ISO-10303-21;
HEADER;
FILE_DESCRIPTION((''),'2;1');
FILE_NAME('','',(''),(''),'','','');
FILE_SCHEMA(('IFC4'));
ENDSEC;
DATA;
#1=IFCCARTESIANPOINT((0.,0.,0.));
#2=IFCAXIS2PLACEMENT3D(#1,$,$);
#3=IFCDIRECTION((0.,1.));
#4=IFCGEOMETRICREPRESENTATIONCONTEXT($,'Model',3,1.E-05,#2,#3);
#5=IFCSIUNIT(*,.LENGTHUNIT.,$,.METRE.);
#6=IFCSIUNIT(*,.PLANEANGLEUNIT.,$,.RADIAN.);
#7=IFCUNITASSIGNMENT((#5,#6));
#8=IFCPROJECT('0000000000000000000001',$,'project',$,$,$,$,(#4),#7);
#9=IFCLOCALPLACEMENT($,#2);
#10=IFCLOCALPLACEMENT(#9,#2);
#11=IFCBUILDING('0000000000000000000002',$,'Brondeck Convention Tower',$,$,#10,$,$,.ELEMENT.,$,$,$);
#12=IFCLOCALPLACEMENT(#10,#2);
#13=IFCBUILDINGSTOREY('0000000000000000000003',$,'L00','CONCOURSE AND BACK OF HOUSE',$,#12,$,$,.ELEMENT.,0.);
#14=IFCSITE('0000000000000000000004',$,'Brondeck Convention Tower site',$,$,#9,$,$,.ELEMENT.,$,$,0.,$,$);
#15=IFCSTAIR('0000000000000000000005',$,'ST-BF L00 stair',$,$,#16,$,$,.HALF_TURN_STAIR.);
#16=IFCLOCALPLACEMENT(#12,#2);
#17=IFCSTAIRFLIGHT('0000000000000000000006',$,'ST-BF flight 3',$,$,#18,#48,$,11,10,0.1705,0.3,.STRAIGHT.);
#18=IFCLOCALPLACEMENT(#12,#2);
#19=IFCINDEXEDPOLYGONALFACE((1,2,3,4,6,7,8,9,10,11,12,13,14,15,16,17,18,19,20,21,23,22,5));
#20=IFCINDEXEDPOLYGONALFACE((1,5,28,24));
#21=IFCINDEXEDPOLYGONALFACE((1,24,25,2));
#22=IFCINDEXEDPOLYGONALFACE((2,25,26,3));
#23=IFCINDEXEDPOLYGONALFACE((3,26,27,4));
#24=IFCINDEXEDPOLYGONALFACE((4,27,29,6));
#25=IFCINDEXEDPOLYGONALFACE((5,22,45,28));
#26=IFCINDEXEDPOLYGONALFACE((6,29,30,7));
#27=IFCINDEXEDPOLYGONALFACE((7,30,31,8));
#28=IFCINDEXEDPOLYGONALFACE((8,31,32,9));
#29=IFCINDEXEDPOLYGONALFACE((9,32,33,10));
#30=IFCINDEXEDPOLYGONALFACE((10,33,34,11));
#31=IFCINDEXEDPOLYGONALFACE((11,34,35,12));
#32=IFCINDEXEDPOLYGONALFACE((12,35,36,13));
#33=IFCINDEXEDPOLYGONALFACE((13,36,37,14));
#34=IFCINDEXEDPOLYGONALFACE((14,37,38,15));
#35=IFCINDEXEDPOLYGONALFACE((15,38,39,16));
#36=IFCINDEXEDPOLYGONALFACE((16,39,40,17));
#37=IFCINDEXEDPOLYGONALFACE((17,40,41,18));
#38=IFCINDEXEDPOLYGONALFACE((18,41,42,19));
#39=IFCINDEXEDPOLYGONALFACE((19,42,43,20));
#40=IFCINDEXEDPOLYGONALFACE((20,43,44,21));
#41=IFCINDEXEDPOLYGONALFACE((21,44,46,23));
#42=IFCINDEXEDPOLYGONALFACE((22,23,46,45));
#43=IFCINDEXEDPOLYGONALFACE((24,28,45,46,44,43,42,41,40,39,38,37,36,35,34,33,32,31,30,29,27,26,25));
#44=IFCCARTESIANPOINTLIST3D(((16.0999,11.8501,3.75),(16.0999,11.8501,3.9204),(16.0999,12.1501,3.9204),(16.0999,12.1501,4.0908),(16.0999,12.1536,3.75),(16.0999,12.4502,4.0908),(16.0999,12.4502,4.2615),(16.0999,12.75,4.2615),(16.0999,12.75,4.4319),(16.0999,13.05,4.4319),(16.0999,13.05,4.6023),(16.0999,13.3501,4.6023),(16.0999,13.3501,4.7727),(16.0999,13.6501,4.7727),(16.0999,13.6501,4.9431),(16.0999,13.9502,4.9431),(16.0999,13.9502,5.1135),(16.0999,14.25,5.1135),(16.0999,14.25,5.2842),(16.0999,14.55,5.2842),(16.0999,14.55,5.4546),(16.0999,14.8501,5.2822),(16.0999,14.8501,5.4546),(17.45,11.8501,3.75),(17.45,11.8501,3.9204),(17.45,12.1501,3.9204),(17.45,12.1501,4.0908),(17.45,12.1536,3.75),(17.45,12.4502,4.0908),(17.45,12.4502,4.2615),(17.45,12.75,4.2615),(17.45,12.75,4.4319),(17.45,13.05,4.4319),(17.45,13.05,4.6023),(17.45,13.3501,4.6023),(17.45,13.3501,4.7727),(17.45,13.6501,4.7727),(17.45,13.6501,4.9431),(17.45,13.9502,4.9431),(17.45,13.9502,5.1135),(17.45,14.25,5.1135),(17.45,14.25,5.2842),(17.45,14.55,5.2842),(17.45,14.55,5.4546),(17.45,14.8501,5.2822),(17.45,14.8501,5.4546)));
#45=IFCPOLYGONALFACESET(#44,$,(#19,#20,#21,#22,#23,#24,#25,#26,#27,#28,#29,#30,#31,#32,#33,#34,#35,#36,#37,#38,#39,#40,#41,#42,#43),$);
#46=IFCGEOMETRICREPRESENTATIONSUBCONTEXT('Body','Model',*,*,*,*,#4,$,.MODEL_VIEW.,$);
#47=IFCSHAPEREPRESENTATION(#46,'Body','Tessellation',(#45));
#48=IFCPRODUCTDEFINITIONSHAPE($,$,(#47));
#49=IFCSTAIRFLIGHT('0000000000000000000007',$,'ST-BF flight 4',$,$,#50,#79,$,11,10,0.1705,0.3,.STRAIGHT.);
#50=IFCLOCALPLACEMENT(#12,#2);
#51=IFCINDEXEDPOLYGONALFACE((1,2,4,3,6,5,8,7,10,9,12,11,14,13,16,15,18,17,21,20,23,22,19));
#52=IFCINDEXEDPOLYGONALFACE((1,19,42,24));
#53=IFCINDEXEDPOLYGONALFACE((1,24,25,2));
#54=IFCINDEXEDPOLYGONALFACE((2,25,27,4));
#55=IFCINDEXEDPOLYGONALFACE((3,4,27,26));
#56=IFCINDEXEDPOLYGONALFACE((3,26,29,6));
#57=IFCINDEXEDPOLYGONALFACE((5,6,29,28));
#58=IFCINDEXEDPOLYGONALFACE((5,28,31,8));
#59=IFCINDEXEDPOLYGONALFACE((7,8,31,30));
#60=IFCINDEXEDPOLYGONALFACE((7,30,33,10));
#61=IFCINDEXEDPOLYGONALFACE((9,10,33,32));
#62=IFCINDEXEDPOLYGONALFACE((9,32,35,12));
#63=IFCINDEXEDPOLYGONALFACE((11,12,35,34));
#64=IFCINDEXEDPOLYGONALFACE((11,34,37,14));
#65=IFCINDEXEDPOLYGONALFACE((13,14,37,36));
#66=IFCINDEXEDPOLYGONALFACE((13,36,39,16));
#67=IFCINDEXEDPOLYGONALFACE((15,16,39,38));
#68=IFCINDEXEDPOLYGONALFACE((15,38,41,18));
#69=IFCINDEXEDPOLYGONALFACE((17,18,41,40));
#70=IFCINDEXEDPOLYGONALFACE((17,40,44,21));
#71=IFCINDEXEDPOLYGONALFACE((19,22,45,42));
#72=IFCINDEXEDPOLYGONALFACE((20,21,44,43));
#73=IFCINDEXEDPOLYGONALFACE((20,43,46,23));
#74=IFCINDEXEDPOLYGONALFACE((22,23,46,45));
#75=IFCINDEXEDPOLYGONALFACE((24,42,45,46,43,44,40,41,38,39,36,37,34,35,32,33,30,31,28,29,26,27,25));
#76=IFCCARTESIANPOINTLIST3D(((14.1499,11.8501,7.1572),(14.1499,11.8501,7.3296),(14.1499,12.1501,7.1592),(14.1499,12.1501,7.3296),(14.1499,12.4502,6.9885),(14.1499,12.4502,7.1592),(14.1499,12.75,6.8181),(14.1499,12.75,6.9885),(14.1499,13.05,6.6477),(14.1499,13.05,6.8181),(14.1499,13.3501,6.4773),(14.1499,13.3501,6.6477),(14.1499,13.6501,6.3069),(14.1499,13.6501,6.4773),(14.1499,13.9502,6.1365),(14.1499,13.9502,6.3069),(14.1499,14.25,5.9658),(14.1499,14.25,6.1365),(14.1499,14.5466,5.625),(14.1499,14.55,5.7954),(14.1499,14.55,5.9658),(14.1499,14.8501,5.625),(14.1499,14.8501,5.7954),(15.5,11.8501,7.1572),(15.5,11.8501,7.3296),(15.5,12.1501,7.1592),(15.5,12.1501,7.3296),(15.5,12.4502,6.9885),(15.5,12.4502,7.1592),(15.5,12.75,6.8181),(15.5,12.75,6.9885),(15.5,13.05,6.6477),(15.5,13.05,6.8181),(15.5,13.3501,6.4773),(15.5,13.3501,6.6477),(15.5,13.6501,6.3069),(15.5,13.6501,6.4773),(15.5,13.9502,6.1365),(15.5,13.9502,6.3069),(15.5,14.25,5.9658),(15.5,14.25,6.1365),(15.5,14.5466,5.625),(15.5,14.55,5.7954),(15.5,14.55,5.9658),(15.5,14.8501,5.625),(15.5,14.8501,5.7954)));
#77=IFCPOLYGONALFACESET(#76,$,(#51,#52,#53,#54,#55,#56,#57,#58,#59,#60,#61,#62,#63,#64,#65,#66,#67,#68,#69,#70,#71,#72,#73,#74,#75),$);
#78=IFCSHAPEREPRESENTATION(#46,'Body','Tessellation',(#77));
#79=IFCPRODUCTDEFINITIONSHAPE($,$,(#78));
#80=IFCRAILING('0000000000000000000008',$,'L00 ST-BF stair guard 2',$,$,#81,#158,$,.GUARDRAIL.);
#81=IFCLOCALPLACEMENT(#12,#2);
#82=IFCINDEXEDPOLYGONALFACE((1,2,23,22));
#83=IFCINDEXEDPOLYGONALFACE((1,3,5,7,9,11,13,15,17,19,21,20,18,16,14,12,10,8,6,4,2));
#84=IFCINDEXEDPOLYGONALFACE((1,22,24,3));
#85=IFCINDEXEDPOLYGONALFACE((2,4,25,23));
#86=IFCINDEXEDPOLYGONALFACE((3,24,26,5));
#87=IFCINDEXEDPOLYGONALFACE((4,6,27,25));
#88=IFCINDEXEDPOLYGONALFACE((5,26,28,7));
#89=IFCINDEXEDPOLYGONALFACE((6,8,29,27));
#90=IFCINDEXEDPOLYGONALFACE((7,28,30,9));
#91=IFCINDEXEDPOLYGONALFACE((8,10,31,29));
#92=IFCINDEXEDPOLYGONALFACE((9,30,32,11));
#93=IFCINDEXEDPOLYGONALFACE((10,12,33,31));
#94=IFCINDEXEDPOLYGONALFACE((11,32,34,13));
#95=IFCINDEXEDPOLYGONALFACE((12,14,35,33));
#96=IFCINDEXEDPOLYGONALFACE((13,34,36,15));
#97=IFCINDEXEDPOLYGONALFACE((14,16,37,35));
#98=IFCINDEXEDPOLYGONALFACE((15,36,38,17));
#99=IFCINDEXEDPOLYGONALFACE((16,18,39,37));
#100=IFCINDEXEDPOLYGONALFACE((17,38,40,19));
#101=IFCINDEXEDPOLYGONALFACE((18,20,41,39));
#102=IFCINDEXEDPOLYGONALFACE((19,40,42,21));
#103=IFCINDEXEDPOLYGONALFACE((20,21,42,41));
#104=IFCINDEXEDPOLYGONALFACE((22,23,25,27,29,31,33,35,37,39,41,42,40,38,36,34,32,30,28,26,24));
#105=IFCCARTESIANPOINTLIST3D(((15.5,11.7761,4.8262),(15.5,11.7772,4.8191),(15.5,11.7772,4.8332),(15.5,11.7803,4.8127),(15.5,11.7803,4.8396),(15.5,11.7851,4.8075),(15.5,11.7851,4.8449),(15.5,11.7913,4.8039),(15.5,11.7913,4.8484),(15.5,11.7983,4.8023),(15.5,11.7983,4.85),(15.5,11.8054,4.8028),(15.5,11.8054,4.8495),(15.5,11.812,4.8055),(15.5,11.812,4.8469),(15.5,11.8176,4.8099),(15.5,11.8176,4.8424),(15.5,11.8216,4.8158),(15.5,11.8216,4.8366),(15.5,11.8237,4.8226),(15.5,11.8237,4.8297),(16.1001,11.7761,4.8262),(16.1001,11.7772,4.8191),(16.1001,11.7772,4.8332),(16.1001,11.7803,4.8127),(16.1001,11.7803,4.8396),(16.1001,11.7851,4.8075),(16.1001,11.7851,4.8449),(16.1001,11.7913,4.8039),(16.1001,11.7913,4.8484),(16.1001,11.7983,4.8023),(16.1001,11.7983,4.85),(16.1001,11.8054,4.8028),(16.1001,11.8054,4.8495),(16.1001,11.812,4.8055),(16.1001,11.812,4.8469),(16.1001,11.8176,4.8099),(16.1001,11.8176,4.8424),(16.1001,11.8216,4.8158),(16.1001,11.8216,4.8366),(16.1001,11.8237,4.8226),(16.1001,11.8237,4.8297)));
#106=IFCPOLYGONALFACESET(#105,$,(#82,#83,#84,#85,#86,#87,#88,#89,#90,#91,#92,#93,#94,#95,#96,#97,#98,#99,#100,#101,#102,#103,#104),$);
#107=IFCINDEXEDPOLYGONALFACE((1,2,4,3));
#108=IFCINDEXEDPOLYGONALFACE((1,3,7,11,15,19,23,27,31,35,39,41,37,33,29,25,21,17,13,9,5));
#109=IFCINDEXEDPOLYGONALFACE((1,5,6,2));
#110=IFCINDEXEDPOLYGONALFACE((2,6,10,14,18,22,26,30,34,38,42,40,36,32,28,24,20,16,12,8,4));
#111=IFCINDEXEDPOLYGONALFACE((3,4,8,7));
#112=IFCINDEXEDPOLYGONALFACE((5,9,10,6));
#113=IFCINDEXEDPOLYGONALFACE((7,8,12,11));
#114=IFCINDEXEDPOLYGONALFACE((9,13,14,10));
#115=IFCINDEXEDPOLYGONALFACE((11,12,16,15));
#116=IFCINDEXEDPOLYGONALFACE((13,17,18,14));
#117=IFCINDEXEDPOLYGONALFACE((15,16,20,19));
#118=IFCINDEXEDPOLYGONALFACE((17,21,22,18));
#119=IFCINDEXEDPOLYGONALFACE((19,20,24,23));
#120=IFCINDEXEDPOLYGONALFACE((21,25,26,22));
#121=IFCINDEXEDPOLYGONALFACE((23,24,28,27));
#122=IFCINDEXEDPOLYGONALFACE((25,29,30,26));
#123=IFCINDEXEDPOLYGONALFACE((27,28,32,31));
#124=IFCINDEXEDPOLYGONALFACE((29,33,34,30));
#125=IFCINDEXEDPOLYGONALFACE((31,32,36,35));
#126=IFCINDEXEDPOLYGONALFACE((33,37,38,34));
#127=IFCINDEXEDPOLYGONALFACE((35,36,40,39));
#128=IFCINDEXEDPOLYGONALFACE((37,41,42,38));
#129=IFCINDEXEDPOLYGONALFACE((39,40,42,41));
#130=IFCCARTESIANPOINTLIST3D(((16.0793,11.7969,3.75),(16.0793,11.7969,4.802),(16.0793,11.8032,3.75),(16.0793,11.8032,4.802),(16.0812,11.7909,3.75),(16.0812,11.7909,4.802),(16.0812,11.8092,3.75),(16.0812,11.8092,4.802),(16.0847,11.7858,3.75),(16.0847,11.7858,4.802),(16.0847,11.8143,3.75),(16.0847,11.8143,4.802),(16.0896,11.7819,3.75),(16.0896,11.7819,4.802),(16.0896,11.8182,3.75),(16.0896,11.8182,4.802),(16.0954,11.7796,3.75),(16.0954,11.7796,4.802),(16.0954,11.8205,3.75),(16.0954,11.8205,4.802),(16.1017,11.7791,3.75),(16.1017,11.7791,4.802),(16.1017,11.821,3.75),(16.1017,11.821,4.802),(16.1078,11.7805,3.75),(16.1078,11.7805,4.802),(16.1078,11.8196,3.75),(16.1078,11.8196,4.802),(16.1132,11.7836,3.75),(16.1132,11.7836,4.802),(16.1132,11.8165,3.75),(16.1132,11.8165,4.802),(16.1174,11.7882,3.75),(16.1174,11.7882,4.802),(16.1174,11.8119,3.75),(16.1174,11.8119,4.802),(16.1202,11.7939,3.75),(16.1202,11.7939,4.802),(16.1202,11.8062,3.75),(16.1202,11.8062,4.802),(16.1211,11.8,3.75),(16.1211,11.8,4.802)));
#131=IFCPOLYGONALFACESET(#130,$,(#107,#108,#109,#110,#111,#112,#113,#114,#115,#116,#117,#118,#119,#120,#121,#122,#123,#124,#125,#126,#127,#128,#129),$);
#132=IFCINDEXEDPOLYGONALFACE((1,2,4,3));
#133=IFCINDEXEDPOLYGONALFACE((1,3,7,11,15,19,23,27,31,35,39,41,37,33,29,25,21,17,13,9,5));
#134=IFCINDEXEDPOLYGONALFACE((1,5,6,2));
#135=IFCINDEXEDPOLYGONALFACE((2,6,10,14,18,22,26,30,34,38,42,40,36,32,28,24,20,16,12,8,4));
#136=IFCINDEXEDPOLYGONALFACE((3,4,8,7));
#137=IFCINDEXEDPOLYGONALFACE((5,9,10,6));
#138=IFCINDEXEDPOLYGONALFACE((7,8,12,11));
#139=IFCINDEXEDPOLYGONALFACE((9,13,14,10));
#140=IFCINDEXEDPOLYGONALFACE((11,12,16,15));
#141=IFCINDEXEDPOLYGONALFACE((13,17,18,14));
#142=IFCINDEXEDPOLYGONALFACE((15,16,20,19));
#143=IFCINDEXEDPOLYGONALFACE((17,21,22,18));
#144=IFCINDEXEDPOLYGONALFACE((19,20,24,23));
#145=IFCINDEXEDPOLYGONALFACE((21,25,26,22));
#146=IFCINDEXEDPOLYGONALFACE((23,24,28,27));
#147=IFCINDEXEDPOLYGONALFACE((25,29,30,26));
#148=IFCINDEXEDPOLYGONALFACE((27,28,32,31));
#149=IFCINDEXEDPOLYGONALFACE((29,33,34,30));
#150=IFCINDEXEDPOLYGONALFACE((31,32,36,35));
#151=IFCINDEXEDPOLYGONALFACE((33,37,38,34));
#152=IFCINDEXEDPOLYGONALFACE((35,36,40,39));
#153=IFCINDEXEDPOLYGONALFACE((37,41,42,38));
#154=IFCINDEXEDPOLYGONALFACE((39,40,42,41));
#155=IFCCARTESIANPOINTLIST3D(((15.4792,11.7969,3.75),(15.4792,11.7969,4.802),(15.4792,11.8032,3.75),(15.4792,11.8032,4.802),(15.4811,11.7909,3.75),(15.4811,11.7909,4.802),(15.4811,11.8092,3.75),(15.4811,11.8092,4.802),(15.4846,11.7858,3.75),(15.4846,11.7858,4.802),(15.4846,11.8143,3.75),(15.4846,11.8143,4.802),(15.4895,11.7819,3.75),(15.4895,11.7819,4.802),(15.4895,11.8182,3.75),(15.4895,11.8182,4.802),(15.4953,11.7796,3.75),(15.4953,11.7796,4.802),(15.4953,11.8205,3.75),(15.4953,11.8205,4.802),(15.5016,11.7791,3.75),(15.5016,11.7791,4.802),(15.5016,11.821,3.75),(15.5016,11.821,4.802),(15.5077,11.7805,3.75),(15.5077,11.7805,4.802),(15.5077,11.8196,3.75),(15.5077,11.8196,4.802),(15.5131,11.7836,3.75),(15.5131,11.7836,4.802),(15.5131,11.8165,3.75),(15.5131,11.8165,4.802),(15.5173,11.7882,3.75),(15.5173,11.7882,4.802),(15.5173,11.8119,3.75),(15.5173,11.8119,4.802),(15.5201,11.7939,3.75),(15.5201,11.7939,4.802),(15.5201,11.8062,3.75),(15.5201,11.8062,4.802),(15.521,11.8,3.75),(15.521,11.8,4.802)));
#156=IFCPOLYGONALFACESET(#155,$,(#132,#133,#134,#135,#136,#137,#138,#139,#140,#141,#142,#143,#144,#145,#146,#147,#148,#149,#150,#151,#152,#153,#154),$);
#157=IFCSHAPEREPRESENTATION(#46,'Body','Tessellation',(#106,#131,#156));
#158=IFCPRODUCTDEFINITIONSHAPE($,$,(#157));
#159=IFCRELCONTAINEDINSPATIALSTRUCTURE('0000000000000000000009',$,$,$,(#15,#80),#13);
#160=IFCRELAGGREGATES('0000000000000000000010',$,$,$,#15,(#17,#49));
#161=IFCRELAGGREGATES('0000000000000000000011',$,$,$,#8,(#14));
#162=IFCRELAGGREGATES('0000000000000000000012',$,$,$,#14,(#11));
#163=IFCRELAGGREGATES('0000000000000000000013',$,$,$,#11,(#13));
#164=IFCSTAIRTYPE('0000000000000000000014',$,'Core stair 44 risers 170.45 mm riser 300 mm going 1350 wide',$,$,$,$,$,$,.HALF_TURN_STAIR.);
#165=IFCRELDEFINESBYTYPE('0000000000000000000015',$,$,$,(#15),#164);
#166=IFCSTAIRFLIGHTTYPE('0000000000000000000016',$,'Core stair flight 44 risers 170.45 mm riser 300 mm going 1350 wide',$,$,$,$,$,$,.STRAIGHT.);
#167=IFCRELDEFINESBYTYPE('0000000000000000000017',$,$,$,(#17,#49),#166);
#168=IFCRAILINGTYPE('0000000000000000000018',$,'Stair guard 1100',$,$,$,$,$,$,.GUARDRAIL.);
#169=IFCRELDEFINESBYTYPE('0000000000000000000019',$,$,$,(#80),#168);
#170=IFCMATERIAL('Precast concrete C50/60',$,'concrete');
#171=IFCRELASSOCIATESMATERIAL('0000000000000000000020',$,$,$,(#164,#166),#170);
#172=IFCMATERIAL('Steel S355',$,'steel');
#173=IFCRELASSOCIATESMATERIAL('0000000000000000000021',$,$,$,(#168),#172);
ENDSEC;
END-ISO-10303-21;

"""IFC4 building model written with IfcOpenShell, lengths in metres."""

from ifc_helpers import new_model, si_unit, direction, frame, origin, origin_2d, place, context, subcontext, project, spatial, polyline, circle, outline, extrude, material, type_object, element, aggregate, save


model = new_model("IFC4")

# Units and contexts
model_context = context("Model", 3, precision=1e-05, world=origin(), true_north=direction((0.0, 1.0)))
body_context = subcontext(model_context, "Body", "Model", "MODEL_VIEW")
ifc_project = project(units=[si_unit("LENGTHUNIT", "METRE"), si_unit("PLANEANGLEUNIT", "RADIAN")], contexts=[model_context])

# Site, building, storey
site_placement = place(None, origin())
site = spatial("IfcSite", under=ifc_project, at=site_placement, Name="Brondeck Convention Tower site", CompositionType="ELEMENT", RefElevation=0.0)
building_placement = place(site_placement, origin())
building = spatial("IfcBuilding", under=site, at=building_placement, Name="Brondeck Convention Tower", CompositionType="ELEMENT")
storey_placement = place(building_placement, origin())
storey = spatial("IfcBuildingStorey", under=building, at=storey_placement, Name="L00", Description="CONCOURSE AND BACK OF HOUSE", CompositionType="ELEMENT", Elevation=0.0)

# Shared definitions
ifc_material_1 = material(Name="Steel S355", Category="steel")

# Stair, stair flights
ifc_material_2 = material(Name="Precast concrete C50/60", Category="concrete")
stair_type = type_object("IfcStairType", Name="Core stair 44 risers 170.45 mm riser 300 mm going 1350 wide", PredefinedType="HALF_TURN_STAIR", material=ifc_material_2)
stair_placement = place(storey_placement, origin())
stair = element("IfcStair", 1, at=stair_placement, inside=storey, type_object=stair_type, Name="ST-BF L00 stair", PredefinedType="HALF_TURN_STAIR")
stair_flight_type = type_object("IfcStairFlightType", Name="Core stair flight 44 risers 170.45 mm riser 300 mm going 1350 wide", PredefinedType="STRAIGHT", material=ifc_material_2)
stair_flight_1_placement = place(storey_placement, frame((16.7749, 11.8501, 3.75), z_axis=(0.0, 0.0, 1.0), x_axis=(0.0, 1.0, 0.0)))
stair_flight_1 = element("IfcStairFlight", 2, at=stair_flight_1_placement, type_object=stair_flight_type, Name="ST-BF flight 3", NumberOfRisers=11, NumberOfTreads=10, PredefinedType="STRAIGHT", RiserHeight=0.1705, TreadLength=0.3, context=body_context, shape_type="SweptSolid", body=[
    extrude(outline(polyline([(0.0, 0.0), (0.0, 0.1704), (0.3, 0.1704), (0.3, 0.3408), (0.6001, 0.3408), (0.6001, 0.5115), (0.8999, 0.5115), (0.8999, 0.6819), (1.2, 0.6819), (1.2, 0.8523), (1.5, 0.8523), (1.5, 1.0227), (1.8, 1.0227), (1.8, 1.1931), (2.1001, 1.1931), (2.1001, 1.3635), (2.3999, 1.3635), (2.3999, 1.5342), (2.7, 1.5342), (2.7, 1.7046), (3.0, 1.7046), (3.0, 1.875), (3.0, 1.5322), (0.3035, 0.0), (0.0, 0.0)])), frame((0.0, 0.675, 0.0), z_axis=(0.0, -1.0, 0.0), x_axis=(1.0, 0.0, 0.0)), (0.0, 0.0, 1.0), 1.3501),
])
stair_flight_2_placement = place(storey_placement, frame((14.825, 14.8501, 5.625), z_axis=(0.0, 0.0, 1.0), x_axis=(0.0, -1.0, 0.0)))
stair_flight_2 = element("IfcStairFlight", 3, at=stair_flight_2_placement, type_object=stair_flight_type, Name="ST-BF flight 4", NumberOfRisers=11, NumberOfTreads=10, PredefinedType="STRAIGHT", RiserHeight=0.1705, TreadLength=0.3, context=body_context, shape_type="SweptSolid", body=[
    extrude(outline(polyline([(0.0, 0.0), (0.0, 0.1704), (0.3, 0.1704), (0.3, 0.3408), (0.6001, 0.3408), (0.6001, 0.5115), (0.8999, 0.5115), (0.8999, 0.6819), (1.2, 0.6819), (1.2, 0.8523), (1.5, 0.8523), (1.5, 1.0227), (1.8, 1.0227), (1.8, 1.1931), (2.1001, 1.1931), (2.1001, 1.3635), (2.3999, 1.3635), (2.3999, 1.5342), (2.7, 1.5342), (2.7, 1.7046), (3.0, 1.7046), (3.0, 1.875), (3.0, 1.5322), (0.3035, 0.0), (0.0, 0.0)])), frame((0.0, 0.675, 0.0), z_axis=(0.0, -1.0, 0.0), x_axis=(1.0, 0.0, 0.0)), (0.0, 0.0, 1.0), 1.3501),
])
aggregate(stair, [stair_flight_1, stair_flight_2])

# Railing
railing_type_1 = type_object("IfcRailingType", Name="Stair guard 1100", PredefinedType="GUARDRAIL", material=ifc_material_1)
railing_1_placement = place(storey_placement, frame((16.1001, 11.8, 3.75)))
element("IfcRailing", 4, at=railing_1_placement, inside=storey, type_object=railing_type_1, Name="L00 ST-BF stair guard 2", PredefinedType="GUARDRAIL", context=body_context, shape_type="SweptSolid", body=[
    extrude(circle(Radius=0.0239, at=origin_2d()), frame((0.0, 0.0, 1.0762), z_axis=(-1.0, 0.0, 0.0), x_axis=(0.0, -1.0, 0.0)), (0.0, 0.0, 1.0), 0.6001),
    extrude(circle(Radius=0.021, at=origin_2d()), origin(), (0.0, 0.0, 1.0), 1.052),
    extrude(circle(Radius=0.021, at=origin_2d()), frame((-0.6001, 0.0, 0.0)), (0.0, 0.0, 1.0), 1.052),
])

save(model, "model.ifc")
